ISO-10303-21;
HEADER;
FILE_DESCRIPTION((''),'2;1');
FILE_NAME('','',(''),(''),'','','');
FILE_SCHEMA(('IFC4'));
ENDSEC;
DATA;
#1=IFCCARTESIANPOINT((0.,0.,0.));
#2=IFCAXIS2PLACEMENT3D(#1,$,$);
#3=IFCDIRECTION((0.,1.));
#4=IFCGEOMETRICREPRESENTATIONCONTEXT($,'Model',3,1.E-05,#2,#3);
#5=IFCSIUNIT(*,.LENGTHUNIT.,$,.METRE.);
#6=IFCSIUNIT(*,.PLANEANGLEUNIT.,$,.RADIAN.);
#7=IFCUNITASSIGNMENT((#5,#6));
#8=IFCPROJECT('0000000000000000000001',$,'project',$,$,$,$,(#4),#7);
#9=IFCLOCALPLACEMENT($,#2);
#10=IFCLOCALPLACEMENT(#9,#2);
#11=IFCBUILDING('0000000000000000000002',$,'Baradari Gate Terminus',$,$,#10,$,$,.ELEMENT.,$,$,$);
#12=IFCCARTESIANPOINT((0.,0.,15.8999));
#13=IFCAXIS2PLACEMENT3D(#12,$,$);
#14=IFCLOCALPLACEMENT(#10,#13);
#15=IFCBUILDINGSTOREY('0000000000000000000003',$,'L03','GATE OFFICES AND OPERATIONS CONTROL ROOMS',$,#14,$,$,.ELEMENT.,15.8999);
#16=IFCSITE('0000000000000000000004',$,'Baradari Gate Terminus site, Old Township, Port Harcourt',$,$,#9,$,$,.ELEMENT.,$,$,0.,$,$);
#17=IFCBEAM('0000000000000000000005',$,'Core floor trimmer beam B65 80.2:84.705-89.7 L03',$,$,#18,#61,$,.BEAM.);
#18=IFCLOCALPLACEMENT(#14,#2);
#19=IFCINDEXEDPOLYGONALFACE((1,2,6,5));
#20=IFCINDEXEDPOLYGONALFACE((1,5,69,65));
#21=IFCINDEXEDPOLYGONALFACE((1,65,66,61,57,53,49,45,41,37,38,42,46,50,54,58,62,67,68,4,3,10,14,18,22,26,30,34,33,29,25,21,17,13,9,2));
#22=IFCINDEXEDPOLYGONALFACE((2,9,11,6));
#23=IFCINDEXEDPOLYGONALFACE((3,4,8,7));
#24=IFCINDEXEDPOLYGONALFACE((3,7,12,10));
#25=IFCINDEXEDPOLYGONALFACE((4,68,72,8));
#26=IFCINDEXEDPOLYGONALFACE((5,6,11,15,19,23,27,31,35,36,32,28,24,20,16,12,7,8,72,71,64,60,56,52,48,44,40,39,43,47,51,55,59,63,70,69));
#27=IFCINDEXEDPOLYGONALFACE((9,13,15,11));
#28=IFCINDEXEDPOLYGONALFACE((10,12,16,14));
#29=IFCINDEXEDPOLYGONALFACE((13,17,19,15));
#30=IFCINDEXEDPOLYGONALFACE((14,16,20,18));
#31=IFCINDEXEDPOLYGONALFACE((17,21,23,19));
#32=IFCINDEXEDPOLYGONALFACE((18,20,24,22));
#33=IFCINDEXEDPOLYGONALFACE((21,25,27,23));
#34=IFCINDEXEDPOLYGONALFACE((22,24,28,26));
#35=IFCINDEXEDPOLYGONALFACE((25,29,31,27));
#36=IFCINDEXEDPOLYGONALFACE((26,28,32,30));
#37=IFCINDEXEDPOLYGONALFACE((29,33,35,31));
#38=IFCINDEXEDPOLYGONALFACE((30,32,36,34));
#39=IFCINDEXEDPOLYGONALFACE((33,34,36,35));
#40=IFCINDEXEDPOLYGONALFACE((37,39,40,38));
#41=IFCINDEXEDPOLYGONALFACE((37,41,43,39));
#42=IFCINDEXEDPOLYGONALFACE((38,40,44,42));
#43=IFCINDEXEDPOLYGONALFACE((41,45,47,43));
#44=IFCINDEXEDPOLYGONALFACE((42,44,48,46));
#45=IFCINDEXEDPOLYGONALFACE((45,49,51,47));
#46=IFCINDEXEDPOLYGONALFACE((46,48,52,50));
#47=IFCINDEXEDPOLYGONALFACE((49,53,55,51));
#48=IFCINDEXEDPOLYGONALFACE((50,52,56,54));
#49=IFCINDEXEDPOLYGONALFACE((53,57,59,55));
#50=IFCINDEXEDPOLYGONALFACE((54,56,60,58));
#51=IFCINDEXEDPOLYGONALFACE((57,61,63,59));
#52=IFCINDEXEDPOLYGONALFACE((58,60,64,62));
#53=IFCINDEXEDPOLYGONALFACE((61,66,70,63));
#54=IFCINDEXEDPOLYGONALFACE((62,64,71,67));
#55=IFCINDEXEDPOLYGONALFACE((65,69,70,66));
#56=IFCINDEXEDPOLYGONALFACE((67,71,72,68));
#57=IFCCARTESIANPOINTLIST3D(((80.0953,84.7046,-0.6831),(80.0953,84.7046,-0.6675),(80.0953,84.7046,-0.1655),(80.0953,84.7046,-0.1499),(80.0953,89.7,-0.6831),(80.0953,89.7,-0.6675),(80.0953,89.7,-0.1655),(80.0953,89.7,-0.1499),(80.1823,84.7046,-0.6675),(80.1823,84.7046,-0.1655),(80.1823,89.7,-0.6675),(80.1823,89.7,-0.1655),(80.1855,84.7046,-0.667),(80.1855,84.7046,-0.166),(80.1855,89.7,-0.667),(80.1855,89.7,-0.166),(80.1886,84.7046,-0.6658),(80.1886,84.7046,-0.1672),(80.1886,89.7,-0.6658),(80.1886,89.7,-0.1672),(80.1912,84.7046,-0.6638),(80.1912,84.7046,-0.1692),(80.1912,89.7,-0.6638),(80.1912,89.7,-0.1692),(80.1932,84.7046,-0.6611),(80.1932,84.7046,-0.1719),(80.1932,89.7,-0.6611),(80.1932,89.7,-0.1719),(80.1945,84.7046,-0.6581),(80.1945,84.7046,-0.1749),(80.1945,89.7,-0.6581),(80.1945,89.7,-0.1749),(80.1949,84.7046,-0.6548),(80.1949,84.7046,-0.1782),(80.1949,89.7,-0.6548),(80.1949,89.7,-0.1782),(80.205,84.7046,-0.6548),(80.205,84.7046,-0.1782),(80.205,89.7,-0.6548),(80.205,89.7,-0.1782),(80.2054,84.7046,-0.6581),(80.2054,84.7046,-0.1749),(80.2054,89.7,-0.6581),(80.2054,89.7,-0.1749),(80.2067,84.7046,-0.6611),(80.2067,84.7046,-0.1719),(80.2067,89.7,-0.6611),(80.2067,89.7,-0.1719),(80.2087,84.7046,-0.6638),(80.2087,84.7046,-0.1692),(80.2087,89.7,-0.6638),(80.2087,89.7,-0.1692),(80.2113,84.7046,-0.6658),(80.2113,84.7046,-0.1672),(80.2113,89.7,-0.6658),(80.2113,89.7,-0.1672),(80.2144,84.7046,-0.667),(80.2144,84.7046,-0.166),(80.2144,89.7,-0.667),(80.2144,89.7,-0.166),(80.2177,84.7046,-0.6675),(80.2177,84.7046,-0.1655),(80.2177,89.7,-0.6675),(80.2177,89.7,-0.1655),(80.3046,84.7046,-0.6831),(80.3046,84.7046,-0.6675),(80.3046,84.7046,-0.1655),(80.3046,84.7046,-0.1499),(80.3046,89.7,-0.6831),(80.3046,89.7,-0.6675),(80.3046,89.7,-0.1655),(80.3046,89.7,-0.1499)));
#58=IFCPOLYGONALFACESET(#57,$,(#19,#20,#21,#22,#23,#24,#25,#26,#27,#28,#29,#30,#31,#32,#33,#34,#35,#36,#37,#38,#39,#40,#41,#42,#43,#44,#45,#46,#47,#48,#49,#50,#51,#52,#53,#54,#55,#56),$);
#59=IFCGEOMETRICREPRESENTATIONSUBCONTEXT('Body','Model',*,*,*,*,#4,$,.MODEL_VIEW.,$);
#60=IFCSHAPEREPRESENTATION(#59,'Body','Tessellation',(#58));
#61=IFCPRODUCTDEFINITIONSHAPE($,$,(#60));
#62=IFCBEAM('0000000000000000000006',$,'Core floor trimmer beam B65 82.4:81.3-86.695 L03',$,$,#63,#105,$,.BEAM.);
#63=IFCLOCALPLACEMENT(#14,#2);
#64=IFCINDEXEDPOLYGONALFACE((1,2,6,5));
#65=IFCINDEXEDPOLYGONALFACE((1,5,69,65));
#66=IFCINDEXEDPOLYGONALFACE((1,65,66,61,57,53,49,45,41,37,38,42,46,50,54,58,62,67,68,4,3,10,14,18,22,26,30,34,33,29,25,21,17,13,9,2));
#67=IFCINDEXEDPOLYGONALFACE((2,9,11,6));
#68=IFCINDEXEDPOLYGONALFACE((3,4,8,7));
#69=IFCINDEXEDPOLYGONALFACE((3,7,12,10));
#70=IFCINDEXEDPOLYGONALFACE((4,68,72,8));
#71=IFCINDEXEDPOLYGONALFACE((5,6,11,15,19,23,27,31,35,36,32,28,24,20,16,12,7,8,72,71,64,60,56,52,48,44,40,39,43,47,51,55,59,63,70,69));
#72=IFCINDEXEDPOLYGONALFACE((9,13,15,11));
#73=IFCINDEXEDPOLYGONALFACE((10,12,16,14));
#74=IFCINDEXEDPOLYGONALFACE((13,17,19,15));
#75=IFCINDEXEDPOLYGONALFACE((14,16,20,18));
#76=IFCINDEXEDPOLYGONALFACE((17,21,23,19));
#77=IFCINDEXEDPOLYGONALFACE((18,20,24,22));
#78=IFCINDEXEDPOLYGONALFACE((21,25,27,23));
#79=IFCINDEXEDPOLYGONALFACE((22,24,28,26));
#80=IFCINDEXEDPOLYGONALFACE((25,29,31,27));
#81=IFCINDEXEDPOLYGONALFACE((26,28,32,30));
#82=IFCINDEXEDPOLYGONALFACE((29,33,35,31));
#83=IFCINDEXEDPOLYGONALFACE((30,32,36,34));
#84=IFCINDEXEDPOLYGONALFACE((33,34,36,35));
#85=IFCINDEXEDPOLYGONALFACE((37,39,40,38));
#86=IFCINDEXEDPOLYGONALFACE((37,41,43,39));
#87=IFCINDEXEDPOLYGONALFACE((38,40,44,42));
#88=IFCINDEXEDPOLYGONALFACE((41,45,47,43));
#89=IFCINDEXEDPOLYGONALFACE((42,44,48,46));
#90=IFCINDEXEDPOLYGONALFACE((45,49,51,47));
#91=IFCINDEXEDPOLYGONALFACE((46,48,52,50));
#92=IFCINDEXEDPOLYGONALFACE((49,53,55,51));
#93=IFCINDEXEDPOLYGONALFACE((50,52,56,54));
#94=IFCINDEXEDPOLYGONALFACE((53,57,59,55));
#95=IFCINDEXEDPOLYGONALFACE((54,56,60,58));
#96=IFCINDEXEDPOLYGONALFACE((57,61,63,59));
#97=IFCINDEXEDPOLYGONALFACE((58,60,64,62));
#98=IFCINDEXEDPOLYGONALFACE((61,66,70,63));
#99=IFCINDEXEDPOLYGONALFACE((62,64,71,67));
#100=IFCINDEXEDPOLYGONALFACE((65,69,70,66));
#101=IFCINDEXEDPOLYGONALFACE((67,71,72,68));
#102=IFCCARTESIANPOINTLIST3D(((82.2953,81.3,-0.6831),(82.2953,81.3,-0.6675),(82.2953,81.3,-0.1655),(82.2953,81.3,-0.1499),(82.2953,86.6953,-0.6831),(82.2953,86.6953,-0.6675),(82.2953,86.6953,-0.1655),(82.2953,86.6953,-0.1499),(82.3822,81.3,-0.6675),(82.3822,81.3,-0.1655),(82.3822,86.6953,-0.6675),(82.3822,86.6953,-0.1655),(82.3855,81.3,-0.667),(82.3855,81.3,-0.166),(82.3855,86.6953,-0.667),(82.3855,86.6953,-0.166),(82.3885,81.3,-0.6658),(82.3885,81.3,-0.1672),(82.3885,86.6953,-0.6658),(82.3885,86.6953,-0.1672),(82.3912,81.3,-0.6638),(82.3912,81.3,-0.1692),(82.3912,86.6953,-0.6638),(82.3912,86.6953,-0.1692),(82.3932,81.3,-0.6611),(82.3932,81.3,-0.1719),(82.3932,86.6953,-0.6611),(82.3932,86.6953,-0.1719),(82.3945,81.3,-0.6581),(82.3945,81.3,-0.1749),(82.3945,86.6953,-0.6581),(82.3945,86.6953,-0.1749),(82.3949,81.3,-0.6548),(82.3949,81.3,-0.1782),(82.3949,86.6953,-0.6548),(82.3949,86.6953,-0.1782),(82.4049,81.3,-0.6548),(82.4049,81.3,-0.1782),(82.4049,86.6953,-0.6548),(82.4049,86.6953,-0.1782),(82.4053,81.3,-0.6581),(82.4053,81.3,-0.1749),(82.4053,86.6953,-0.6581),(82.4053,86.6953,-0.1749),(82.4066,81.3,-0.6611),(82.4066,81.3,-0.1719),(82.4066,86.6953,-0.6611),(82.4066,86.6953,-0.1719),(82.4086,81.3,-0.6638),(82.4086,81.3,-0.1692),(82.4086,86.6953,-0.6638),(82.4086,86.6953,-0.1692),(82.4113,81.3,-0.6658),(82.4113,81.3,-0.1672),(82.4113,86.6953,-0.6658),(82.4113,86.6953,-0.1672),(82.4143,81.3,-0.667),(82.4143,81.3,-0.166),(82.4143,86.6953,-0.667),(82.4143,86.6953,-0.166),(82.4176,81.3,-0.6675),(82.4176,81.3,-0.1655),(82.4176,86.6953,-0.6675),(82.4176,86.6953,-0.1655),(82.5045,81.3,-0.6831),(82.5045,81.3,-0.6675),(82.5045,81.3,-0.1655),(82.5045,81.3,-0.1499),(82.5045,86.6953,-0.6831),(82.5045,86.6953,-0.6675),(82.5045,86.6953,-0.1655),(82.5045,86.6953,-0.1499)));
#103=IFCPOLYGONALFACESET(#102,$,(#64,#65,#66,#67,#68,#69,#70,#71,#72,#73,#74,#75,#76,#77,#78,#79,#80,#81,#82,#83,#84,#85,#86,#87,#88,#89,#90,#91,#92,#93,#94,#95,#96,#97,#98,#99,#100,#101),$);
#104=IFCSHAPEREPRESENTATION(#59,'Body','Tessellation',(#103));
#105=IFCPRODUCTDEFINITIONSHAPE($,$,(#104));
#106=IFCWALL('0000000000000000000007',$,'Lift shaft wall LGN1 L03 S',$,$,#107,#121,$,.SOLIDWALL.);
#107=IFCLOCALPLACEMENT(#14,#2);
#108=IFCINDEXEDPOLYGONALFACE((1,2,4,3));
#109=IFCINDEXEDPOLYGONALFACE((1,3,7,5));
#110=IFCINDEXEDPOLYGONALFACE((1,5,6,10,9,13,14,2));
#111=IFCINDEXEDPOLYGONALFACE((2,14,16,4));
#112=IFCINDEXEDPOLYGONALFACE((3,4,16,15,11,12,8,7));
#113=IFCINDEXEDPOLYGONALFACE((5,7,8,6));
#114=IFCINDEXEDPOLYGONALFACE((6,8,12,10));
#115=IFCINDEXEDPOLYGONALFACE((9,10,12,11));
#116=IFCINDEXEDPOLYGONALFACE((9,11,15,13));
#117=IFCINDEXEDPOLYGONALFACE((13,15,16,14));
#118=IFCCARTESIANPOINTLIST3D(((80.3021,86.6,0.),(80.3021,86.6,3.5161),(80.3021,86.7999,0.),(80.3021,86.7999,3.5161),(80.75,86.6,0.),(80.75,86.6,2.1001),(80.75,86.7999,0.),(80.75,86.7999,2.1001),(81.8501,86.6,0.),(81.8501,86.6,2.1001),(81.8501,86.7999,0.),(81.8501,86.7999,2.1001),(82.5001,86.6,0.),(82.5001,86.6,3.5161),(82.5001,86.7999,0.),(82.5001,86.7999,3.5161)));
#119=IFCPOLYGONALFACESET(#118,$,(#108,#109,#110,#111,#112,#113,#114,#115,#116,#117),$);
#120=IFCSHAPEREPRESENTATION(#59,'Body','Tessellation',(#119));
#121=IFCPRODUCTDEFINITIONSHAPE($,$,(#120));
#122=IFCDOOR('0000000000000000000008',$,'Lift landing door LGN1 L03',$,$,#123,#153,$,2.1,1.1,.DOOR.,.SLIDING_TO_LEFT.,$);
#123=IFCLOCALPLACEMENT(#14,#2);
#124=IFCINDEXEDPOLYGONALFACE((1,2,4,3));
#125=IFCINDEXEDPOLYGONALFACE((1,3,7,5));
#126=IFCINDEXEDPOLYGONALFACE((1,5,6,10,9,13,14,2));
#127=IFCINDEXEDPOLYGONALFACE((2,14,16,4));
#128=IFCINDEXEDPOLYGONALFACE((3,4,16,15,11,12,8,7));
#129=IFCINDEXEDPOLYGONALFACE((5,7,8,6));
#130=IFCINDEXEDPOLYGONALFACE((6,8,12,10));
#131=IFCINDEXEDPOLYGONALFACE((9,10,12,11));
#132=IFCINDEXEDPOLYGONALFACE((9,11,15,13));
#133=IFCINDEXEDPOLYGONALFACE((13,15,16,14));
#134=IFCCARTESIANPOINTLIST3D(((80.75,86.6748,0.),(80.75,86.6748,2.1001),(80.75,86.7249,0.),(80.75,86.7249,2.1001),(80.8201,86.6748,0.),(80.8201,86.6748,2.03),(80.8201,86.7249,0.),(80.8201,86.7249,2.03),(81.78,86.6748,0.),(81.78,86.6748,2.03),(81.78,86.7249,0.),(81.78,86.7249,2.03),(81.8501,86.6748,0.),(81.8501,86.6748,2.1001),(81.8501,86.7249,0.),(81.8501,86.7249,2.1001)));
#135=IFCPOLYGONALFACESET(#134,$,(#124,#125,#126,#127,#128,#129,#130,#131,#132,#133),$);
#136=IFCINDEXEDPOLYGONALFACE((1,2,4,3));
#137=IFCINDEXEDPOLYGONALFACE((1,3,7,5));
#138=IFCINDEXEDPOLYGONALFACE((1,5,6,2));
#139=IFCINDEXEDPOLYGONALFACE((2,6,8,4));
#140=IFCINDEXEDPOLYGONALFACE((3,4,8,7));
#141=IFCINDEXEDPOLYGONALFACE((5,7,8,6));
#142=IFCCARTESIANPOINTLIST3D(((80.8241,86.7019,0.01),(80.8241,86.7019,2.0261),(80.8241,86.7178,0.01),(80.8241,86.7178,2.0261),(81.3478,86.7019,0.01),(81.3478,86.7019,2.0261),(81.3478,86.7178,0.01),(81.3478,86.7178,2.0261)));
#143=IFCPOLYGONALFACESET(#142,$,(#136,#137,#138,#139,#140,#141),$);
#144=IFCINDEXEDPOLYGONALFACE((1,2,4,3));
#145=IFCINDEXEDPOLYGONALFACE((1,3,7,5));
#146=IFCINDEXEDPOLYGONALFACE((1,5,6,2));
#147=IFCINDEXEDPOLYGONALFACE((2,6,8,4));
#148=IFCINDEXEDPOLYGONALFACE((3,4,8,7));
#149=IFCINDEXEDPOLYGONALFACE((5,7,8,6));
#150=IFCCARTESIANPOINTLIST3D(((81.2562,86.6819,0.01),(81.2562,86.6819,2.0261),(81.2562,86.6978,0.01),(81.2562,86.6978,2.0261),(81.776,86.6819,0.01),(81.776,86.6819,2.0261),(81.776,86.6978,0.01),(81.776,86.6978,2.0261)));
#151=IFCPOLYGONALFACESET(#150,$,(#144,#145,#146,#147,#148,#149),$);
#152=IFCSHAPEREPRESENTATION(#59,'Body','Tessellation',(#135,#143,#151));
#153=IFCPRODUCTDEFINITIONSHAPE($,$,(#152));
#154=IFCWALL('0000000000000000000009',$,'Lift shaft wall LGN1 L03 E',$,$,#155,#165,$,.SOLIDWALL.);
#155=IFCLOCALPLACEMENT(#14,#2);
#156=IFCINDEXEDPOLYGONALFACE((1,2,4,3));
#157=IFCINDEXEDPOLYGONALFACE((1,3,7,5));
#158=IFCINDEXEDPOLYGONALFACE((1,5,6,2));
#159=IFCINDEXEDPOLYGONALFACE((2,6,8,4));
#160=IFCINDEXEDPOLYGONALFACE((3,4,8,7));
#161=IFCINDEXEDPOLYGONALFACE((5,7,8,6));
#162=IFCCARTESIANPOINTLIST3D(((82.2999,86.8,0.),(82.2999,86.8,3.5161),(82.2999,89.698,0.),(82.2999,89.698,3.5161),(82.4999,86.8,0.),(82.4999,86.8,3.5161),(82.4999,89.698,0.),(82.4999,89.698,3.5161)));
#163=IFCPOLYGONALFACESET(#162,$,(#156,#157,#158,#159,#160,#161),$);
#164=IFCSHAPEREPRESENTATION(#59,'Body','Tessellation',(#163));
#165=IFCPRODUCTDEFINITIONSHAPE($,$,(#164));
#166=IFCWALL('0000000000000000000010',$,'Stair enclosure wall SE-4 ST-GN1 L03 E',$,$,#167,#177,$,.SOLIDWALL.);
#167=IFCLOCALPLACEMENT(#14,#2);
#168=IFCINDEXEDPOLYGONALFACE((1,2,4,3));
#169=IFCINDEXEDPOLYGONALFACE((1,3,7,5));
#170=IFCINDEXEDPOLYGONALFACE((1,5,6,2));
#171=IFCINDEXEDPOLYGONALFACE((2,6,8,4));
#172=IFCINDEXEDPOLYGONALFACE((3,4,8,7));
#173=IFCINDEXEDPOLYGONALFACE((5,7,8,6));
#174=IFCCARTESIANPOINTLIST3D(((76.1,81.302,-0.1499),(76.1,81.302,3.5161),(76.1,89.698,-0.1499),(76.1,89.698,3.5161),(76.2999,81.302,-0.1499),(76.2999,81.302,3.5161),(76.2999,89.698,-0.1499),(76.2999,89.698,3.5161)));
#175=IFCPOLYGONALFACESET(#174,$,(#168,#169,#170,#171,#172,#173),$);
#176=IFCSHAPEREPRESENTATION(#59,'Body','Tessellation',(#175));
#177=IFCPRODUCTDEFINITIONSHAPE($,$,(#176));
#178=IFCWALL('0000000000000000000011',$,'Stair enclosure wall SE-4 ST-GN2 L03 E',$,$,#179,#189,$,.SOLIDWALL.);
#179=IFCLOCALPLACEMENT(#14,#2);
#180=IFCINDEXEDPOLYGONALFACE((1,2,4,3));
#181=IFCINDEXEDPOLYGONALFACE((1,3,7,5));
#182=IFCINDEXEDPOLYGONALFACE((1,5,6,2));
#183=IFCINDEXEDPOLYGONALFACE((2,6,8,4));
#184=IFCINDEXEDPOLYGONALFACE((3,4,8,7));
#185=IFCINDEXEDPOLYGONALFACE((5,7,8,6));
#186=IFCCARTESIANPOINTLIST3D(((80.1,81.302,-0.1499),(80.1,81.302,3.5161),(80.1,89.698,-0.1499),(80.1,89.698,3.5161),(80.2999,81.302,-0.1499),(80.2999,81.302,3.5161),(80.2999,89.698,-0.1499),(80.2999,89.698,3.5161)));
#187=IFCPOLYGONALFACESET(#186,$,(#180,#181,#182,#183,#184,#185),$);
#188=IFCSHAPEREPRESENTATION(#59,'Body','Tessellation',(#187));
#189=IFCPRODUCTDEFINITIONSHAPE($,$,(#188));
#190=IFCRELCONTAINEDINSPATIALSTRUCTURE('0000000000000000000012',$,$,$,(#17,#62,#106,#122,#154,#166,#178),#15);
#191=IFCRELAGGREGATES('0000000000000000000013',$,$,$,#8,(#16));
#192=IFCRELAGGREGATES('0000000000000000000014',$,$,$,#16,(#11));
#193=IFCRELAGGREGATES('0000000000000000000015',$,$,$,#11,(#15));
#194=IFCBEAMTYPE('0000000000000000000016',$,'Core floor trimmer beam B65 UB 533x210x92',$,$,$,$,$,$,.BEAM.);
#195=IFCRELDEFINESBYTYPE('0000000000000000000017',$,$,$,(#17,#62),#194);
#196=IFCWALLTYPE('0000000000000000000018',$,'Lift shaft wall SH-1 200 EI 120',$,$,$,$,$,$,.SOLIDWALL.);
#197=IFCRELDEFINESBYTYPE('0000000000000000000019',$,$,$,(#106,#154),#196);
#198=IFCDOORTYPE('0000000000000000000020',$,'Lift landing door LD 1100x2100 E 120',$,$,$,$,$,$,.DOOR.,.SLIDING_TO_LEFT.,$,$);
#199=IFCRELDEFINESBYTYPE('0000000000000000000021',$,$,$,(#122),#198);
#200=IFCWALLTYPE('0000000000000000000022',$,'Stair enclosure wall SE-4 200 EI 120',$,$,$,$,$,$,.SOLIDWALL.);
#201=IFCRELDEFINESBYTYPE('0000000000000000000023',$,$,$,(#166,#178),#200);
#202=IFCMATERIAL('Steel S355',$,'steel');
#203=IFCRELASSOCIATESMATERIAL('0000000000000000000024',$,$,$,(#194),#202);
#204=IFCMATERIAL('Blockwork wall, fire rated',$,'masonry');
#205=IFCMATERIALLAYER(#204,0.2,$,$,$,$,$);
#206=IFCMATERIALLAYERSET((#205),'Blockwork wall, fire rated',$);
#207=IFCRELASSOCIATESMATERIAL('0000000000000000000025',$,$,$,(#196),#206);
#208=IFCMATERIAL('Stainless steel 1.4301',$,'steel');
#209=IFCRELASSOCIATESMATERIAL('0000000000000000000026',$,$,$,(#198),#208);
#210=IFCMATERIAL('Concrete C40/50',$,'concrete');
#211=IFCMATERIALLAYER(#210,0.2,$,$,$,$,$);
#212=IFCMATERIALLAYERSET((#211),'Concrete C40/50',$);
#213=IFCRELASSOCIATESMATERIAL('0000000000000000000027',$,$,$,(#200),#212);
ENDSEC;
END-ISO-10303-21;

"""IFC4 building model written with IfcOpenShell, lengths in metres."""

from ifc_helpers import new_model, si_unit, direction, frame, frame_2d, origin, origin_2d, place, context, subcontext, project, spatial, polyline, rectangle, i_section, outline, extrude, material, layer, layer_set, material_profile, profile_set, type_object, element, fill, save


model = new_model("IFC4")

# Units and contexts
model_context = context("Model", 3, precision=1e-05, world=origin(), true_north=direction((0.0, 1.0)))
body_context = subcontext(model_context, "Body", "Model", "MODEL_VIEW")
ifc_project = project(units=[si_unit("LENGTHUNIT", "METRE"), si_unit("PLANEANGLEUNIT", "RADIAN")], contexts=[model_context])

# Site, building, storey
site_placement = place(None, origin())
site = spatial("IfcSite", under=ifc_project, at=site_placement, Name="Baradari Gate Terminus site, Old Township, Port Harcourt", CompositionType="ELEMENT", RefElevation=0.0)
building_placement = place(site_placement, origin())
building = spatial("IfcBuilding", under=site, at=building_placement, Name="Baradari Gate Terminus", CompositionType="ELEMENT")
storey_placement = place(building_placement, frame((0.0, 0.0, 15.8999)))
storey = spatial("IfcBuildingStorey", under=building, at=storey_placement, Name="L03", Description="GATE OFFICES AND OPERATIONS CONTROL ROOMS", CompositionType="ELEMENT", Elevation=15.8999)

# Beams
ifc_material_1 = material(Name="Steel S355", Category="steel")
ifc_material_profile_1 = material_profile(ifc_material_1, i_section(OverallWidth=0.2092, OverallDepth=0.5332, WebThickness=0.01, FlangeThickness=0.0156, FilletRadius=0.0127, at=origin_2d()), Name="UB 533x210x92")
ifc_profile_set_1 = profile_set([ifc_material_profile_1], Name="Steel S355")
beam_type_1 = type_object("IfcBeamType", Name="Core floor trimmer beam B65 UB 533x210x92", PredefinedType="BEAM", material=ifc_profile_set_1)
beam_1_placement = place(storey_placement, frame((80.2, 84.7046, -0.4165), z_axis=(0.0, 1.0, 0.0), x_axis=(-1.0, 0.0, 0.0)))
element("IfcBeam", 1, at=beam_1_placement, inside=storey, type_object=beam_type_1, Name="Core floor trimmer beam B65 80.2:84.705-89.7 L03", PredefinedType="BEAM", context=body_context, shape_type="SweptSolid", body=[
    extrude(i_section(OverallWidth=0.2092, OverallDepth=0.5332, WebThickness=0.01, FlangeThickness=0.0156, FilletRadius=0.0127, at=origin_2d()), origin(), (0.0, 0.0, 1.0), 4.9954),
])
beam_2_placement = place(storey_placement, frame((82.3999, 81.3, -0.4165), z_axis=(0.0, 1.0, 0.0), x_axis=(-1.0, 0.0, 0.0)))
element("IfcBeam", 2, at=beam_2_placement, inside=storey, type_object=beam_type_1, Name="Core floor trimmer beam B65 82.4:81.3-86.695 L03", PredefinedType="BEAM", context=body_context, shape_type="SweptSolid", body=[
    extrude(i_section(OverallWidth=0.2092, OverallDepth=0.5332, WebThickness=0.01, FlangeThickness=0.0156, FilletRadius=0.0127, at=origin_2d()), origin(), (0.0, 0.0, 1.0), 5.3953),
])

# Wall, opening, door
ifc_material_2 = material(Name="Blockwork wall, fire rated", Category="masonry")
ifc_layer_1 = layer(ifc_material_2, 0.2)
ifc_layer_set_1 = layer_set([ifc_layer_1], Name="Blockwork wall, fire rated")
wall_type_1 = type_object("IfcWallType", Name="Lift shaft wall SH-1 200 EI 120", PredefinedType="SOLIDWALL", material=ifc_layer_set_1)
wall_1_placement = place(storey_placement, frame((80.302, 86.7, 0.0), z_axis=(0.0, 0.0, 1.0), x_axis=(1.0, 0.0, 0.0)))
wall_1 = element("IfcWall", 3, at=wall_1_placement, inside=storey, type_object=wall_type_1, Name="Lift shaft wall LGN1 L03 S", PredefinedType="SOLIDWALL", context=body_context, shape_type="SweptSolid", body=[
    extrude(rectangle(XDim=2.198, YDim=0.2, at=frame_2d((1.0991, 0.0))), origin(), (0.0, 0.0, 1.0), 3.5161),
])
opening_placement = place(wall_1_placement, frame((0.448, 0.0, 0.0)))
opening = element("IfcOpeningElement", 4, at=opening_placement, cuts=wall_1, PredefinedType="OPENING", context=body_context, shape_type="SweptSolid", body=[
    extrude(rectangle(XDim=1.1001, YDim=2.1001, at=frame_2d((0.55, 1.05))), frame((0.0, 0.1099, 0.0), z_axis=(0.0, -1.0, 0.0), x_axis=(1.0, 0.0, 0.0)), (0.0, 0.0, 1.0), 0.22),
])
ifc_material_3 = material(Name="Stainless steel 1.4301", Category="steel")
door_type = type_object("IfcDoorType", Name="Lift landing door LD 1100x2100 E 120", OperationType="SLIDING_TO_LEFT", PredefinedType="DOOR", material=ifc_material_3)
door_placement = place(opening_placement, origin())
door = element("IfcDoor", 5, at=door_placement, inside=storey, type_object=door_type, Name="Lift landing door LGN1 L03", OperationType="SLIDING_TO_LEFT", OverallHeight=2.1, OverallWidth=1.1, PredefinedType="DOOR", context=body_context, shape_type="SweptSolid", body=[
    extrude(outline(polyline([(0.0, 0.0), (0.0701, 0.0), (0.0701, 2.03), (1.03, 2.03), (1.03, 0.0), (1.1001, 0.0), (1.1001, 2.1001), (0.0, 2.1001), (0.0, 0.0)])), frame((0.0, 0.0249, 0.0), z_axis=(0.0, -1.0, 0.0), x_axis=(1.0, 0.0, 0.0)), (0.0, 0.0, 1.0), 0.05),
    extrude(rectangle(XDim=0.5237, YDim=2.0161, at=frame_2d((0.3359, 1.0181))), frame((0.0, 0.0178, 0.0), z_axis=(0.0, -1.0, 0.0), x_axis=(1.0, 0.0, 0.0)), (0.0, 0.0, 1.0), 0.0159),
    extrude(rectangle(XDim=0.5198, YDim=2.0161, at=frame_2d((0.7661, 1.0181))), frame((0.0, -0.0022, 0.0), z_axis=(0.0, -1.0, 0.0), x_axis=(1.0, 0.0, 0.0)), (0.0, 0.0, 1.0), 0.0159),
])
fill(opening, door)

# Walls
wall_2_placement = place(storey_placement, frame((82.3999, 86.8, 0.0), z_axis=(0.0, 0.0, 1.0), x_axis=(0.0, 1.0, 0.0)))
element("IfcWall", 6, at=wall_2_placement, inside=storey, type_object=wall_type_1, Name="Lift shaft wall LGN1 L03 E", PredefinedType="SOLIDWALL", context=body_context, shape_type="SweptSolid", body=[
    extrude(rectangle(XDim=2.8979, YDim=0.2, at=frame_2d((1.449, 0.0))), origin(), (0.0, 0.0, 1.0), 3.5161),
])
ifc_material_4 = material(Name="Concrete C40/50", Category="concrete")
ifc_layer_2 = layer(ifc_material_4, 0.2)
ifc_layer_set_2 = layer_set([ifc_layer_2], Name="Concrete C40/50")
wall_type_2 = type_object("IfcWallType", Name="Stair enclosure wall SE-4 200 EI 120", PredefinedType="SOLIDWALL", material=ifc_layer_set_2)
for number, where, z_axis, x_axis, name in (
    (7, (76.2, 81.302, -0.1499), (0.0, 0.0, 1.0), (0.0, 1.0, 0.0), "Stair enclosure wall SE-4 ST-GN1 L03 E"),
    (8, (80.2, 81.302, -0.1499), (0.0, 0.0, 1.0), (0.0, 1.0, 0.0), "Stair enclosure wall SE-4 ST-GN2 L03 E"),
):
    element("IfcWall", number, at=place(storey_placement, frame(where, z_axis=z_axis, x_axis=x_axis)), inside=storey, type_object=wall_type_2, Name=name, PredefinedType="SOLIDWALL", context=body_context, shape_type="SweptSolid", body=[
        extrude(rectangle(XDim=8.396, YDim=0.2, at=frame_2d((4.198, 0.0))), origin(), (0.0, 0.0, 1.0), 3.666),
    ])

save(model, "model.ifc")
